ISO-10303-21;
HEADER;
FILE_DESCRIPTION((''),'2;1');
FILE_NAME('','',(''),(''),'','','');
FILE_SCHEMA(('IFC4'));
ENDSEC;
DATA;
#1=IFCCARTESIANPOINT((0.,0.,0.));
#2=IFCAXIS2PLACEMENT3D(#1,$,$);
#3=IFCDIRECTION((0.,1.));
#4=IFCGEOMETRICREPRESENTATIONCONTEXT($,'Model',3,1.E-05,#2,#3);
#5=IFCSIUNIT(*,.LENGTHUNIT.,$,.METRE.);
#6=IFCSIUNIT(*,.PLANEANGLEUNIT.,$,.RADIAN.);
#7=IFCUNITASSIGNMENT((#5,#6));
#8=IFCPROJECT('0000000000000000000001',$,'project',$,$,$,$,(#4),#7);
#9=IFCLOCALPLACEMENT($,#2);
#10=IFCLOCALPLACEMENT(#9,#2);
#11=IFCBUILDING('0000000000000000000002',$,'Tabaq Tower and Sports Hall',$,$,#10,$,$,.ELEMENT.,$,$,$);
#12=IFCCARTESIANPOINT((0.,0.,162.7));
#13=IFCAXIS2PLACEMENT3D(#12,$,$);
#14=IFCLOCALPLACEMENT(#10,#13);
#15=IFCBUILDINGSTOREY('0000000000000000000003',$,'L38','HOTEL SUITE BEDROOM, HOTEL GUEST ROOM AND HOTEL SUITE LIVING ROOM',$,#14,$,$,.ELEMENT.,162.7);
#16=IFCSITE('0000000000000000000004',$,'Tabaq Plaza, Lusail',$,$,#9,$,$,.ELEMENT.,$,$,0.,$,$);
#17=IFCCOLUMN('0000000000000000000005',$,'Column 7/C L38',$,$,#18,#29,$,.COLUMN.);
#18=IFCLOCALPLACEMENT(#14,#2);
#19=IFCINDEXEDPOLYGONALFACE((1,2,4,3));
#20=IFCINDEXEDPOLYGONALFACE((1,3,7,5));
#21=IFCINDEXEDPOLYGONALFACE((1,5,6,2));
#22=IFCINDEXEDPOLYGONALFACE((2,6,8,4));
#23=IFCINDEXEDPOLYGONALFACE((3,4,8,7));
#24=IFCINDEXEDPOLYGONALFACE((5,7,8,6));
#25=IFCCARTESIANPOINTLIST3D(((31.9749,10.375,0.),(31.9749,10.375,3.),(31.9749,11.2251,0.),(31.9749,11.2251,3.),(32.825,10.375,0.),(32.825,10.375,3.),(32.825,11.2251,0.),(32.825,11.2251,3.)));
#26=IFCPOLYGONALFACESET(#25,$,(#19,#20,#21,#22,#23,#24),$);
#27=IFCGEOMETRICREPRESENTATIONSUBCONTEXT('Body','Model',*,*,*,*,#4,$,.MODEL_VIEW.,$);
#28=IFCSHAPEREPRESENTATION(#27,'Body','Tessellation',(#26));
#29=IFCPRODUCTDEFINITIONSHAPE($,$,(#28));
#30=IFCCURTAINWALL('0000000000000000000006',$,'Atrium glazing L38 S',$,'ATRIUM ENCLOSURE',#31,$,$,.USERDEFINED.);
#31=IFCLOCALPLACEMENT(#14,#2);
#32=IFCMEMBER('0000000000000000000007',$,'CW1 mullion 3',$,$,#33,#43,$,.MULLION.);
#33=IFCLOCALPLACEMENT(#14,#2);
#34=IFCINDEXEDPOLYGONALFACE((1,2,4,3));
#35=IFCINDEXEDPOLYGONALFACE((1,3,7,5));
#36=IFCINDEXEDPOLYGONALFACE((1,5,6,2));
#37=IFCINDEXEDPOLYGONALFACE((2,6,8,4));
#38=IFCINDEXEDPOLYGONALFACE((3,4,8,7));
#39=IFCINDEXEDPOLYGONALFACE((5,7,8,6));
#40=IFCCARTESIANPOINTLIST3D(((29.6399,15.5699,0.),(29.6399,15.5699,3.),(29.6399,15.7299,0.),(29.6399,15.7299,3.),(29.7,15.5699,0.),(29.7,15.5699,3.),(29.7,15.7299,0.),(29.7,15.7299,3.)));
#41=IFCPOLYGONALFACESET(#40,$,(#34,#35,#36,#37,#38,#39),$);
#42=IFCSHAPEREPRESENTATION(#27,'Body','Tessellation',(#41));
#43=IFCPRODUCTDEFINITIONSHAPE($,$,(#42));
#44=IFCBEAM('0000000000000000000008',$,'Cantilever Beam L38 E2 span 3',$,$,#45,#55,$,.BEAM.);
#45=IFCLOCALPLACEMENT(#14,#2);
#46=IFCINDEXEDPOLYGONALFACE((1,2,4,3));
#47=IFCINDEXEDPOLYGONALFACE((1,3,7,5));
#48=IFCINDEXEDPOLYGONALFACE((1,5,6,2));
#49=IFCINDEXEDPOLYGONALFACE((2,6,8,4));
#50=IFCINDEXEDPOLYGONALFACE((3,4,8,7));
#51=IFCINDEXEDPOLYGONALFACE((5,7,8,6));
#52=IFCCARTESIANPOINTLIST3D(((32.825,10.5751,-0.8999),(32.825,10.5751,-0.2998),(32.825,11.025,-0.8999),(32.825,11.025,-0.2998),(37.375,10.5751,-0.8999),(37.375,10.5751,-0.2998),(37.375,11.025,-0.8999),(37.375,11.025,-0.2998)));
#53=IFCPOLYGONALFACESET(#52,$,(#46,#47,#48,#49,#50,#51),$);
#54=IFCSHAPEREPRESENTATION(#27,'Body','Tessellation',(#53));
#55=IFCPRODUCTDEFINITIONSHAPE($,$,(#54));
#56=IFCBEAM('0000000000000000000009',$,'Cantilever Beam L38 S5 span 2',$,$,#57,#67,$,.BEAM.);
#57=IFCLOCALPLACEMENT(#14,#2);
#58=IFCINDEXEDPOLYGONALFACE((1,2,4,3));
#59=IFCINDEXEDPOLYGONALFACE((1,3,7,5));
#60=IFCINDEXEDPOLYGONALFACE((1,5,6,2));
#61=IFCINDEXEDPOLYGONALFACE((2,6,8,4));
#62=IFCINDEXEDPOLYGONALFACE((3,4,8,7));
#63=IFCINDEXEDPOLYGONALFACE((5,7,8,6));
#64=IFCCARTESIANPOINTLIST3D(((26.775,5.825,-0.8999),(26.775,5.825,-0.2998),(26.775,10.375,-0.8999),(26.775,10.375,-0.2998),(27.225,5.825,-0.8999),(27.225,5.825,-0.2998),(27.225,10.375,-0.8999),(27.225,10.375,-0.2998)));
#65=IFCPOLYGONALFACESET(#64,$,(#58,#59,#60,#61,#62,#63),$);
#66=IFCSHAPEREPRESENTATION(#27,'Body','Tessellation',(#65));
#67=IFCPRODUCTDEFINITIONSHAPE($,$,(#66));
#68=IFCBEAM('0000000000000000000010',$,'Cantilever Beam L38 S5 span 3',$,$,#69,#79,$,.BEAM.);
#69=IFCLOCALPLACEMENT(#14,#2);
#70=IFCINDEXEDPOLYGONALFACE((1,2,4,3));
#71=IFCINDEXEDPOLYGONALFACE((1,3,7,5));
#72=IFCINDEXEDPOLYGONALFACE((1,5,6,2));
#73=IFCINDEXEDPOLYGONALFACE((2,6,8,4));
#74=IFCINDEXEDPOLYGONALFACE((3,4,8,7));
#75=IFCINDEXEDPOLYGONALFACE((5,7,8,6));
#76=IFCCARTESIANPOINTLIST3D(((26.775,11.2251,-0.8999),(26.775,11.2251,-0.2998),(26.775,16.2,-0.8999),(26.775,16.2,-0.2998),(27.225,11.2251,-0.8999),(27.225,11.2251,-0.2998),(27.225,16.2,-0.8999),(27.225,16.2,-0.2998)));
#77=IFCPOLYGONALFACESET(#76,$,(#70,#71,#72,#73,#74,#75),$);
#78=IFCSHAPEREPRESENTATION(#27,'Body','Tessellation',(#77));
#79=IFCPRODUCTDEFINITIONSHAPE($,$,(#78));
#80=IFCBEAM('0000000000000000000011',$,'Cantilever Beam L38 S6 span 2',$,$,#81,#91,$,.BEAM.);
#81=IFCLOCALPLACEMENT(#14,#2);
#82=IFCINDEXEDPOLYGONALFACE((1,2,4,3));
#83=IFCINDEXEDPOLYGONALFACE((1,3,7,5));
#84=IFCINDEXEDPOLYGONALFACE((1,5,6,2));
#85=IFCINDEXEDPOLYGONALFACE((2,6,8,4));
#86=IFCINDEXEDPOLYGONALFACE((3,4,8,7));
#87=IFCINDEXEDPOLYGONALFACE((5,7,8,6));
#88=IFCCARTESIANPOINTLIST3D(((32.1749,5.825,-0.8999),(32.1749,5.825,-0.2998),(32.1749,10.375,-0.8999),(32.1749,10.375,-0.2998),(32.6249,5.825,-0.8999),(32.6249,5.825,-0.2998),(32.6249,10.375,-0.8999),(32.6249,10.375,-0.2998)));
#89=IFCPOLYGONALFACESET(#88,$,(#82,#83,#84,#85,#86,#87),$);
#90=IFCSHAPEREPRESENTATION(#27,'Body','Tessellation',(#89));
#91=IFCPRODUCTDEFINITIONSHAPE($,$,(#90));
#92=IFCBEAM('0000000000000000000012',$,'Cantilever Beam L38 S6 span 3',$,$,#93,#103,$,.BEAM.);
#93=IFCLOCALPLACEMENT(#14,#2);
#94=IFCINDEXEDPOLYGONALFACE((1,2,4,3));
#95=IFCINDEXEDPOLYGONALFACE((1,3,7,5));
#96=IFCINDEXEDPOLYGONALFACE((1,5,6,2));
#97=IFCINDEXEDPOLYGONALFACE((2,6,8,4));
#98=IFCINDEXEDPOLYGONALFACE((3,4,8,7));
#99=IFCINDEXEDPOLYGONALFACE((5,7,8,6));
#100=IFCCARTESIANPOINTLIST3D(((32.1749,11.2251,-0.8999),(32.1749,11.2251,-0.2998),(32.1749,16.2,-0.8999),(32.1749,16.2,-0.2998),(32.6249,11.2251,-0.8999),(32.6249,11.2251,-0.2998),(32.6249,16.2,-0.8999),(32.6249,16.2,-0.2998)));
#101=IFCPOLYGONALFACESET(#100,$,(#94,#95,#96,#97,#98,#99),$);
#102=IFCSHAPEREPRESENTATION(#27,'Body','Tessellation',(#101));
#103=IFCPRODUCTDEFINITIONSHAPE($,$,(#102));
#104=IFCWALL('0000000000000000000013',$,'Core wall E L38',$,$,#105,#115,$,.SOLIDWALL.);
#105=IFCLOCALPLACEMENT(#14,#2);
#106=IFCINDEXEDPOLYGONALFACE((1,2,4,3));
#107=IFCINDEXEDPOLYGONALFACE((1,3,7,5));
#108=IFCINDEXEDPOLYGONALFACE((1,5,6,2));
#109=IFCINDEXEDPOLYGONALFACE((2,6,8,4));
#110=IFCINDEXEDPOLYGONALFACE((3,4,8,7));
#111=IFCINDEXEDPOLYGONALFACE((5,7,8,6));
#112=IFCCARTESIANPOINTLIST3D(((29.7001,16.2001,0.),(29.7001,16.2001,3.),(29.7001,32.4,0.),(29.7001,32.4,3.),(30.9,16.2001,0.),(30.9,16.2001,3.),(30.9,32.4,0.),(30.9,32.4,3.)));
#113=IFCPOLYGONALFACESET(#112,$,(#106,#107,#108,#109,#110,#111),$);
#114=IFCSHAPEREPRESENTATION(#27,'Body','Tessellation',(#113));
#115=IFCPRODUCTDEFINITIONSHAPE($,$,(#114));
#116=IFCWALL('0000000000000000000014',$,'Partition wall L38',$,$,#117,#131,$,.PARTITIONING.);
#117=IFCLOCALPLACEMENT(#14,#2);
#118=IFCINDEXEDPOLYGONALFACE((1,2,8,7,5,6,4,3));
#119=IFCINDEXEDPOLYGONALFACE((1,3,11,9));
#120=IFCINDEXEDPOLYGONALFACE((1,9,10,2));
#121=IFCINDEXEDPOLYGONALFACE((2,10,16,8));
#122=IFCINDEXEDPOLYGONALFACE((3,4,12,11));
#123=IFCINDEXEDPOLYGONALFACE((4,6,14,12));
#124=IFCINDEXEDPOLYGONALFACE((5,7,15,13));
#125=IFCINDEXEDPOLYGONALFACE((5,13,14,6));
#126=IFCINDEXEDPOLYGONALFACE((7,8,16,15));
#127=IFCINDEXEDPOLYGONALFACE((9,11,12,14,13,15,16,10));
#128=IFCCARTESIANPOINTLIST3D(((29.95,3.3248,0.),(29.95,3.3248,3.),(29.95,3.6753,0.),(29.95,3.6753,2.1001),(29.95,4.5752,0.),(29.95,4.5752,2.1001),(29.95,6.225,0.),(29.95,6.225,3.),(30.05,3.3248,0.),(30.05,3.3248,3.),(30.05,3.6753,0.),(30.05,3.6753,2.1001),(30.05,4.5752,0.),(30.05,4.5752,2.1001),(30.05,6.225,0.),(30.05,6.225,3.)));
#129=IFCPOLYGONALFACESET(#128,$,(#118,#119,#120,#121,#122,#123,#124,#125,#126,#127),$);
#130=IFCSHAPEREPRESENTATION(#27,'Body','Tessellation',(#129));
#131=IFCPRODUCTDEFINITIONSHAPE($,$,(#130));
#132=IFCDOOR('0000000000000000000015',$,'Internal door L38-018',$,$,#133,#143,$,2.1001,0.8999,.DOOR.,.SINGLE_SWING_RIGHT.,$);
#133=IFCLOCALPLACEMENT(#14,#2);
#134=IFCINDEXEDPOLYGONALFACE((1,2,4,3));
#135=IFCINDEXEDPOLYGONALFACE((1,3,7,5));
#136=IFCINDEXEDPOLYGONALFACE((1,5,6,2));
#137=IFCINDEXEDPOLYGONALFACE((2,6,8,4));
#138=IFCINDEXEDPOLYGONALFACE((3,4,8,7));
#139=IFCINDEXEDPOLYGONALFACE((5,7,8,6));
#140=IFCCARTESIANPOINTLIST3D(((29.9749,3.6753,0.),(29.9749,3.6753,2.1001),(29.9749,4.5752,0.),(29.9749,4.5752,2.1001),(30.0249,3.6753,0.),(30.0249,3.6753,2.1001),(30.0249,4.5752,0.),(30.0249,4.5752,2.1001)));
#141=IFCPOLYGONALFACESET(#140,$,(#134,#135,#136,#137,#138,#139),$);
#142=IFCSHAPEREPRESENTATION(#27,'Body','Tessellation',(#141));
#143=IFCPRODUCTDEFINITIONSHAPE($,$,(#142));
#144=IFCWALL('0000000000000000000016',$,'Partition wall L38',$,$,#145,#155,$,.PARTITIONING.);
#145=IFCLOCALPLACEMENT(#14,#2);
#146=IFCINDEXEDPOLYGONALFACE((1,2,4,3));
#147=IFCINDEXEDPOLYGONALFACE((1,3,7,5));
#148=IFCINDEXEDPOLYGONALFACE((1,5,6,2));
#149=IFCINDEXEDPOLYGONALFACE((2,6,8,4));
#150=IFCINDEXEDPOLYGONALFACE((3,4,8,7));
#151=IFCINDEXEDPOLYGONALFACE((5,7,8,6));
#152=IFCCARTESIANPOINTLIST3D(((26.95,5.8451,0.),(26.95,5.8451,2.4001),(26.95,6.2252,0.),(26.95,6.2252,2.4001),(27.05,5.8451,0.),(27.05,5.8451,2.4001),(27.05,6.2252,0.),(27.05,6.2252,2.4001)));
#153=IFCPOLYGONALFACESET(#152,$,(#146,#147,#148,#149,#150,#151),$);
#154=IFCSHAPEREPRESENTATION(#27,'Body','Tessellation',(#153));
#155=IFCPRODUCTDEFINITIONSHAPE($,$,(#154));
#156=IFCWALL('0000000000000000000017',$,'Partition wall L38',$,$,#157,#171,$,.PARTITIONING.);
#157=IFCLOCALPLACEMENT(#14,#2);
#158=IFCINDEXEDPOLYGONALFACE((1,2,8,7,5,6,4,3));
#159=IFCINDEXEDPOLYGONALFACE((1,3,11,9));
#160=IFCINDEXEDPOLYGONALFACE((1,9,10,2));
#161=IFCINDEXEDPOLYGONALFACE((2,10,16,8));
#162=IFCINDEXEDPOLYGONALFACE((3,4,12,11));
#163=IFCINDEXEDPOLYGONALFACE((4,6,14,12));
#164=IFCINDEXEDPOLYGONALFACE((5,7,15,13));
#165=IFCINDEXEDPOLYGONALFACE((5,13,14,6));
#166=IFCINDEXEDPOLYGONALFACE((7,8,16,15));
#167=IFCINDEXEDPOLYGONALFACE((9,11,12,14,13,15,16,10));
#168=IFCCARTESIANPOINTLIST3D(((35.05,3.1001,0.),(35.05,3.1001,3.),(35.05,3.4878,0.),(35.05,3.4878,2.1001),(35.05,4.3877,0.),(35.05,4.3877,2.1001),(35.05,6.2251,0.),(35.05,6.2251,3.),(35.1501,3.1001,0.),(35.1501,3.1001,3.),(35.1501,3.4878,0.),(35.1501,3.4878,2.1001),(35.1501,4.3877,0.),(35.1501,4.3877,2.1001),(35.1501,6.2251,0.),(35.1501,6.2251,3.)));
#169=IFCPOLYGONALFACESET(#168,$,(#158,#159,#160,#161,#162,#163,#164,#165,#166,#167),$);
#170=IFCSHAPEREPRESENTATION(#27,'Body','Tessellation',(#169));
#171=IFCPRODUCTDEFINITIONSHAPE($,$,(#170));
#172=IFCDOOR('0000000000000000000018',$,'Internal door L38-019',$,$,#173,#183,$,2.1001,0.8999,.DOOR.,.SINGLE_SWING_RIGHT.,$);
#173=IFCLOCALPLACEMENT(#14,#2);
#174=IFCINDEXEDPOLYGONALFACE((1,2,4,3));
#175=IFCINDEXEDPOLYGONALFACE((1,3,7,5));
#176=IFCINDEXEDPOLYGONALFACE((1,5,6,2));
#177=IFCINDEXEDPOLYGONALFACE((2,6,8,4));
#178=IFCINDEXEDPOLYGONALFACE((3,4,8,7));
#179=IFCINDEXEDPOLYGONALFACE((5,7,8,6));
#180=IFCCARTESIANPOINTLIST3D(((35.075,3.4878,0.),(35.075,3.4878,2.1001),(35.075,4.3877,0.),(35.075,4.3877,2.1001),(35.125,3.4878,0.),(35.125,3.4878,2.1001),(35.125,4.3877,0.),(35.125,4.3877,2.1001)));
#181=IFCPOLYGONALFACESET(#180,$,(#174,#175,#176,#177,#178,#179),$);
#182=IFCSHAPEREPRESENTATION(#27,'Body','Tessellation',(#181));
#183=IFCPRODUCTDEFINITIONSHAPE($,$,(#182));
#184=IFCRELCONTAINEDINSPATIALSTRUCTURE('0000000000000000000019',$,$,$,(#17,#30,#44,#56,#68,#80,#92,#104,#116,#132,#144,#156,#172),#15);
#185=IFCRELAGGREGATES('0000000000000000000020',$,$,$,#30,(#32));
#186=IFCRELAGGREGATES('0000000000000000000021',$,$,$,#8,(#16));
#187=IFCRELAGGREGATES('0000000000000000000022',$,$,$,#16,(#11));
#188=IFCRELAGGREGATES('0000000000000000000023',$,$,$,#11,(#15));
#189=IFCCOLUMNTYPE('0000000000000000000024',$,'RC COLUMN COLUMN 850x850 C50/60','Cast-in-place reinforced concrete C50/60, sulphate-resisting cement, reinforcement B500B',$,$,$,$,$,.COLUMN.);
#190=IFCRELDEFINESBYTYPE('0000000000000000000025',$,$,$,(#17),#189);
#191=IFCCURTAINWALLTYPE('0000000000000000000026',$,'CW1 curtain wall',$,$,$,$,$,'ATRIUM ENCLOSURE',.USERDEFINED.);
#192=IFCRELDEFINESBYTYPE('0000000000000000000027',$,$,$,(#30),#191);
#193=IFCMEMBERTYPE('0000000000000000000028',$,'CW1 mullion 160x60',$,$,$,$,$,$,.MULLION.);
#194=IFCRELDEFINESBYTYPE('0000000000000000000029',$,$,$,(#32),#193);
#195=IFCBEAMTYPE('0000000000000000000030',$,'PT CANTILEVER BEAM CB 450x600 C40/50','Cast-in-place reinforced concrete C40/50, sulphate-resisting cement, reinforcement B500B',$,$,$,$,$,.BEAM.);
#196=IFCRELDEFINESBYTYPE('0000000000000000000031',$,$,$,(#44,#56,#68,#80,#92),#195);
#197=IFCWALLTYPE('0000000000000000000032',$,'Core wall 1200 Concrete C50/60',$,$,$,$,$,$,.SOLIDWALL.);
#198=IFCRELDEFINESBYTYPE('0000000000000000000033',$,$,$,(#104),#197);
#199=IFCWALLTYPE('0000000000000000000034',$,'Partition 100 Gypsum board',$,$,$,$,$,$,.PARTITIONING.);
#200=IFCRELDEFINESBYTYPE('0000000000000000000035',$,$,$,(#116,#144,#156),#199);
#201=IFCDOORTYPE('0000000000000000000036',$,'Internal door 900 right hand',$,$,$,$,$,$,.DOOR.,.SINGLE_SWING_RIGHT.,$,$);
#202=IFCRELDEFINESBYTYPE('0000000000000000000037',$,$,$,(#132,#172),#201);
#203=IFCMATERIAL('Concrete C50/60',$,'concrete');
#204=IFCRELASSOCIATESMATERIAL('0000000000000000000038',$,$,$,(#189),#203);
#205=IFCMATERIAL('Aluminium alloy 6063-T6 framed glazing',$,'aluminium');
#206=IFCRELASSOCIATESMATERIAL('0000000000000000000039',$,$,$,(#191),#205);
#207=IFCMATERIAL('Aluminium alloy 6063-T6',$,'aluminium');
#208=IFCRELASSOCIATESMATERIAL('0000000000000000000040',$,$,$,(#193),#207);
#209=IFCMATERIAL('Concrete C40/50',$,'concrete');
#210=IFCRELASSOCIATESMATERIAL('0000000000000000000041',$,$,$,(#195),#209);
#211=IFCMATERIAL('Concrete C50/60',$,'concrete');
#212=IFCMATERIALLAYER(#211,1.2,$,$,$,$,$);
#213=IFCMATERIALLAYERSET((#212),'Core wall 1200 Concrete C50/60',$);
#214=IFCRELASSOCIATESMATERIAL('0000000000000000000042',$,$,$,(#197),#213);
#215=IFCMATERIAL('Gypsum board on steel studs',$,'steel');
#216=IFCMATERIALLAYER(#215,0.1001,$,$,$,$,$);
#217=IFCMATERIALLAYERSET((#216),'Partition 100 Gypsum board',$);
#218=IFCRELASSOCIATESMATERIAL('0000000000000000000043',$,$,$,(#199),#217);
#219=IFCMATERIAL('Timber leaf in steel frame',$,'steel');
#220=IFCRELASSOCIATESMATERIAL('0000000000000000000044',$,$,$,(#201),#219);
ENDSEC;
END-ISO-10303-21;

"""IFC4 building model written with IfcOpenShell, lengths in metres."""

from ifc_helpers import new_model, si_unit, direction, frame, frame_2d, origin, origin_2d, place, context, subcontext, project, spatial, rectangle, extrude, material, layer, layer_set, material_profile, profile_set, type_object, element, fill, aggregate, save


model = new_model("IFC4")

# Units and contexts
model_context = context("Model", 3, precision=1e-05, world=origin(), true_north=direction((0.0, 1.0)))
body_context = subcontext(model_context, "Body", "Model", "MODEL_VIEW")
ifc_project = project(units=[si_unit("LENGTHUNIT", "METRE"), si_unit("PLANEANGLEUNIT", "RADIAN")], contexts=[model_context])

# Site, building, storey
site_placement = place(None, origin())
site = spatial("IfcSite", under=ifc_project, at=site_placement, Name="Tabaq Plaza, Lusail", CompositionType="ELEMENT", RefElevation=0.0)
building_placement = place(site_placement, origin())
building = spatial("IfcBuilding", under=site, at=building_placement, Name="Tabaq Tower and Sports Hall", CompositionType="ELEMENT")
storey_placement = place(building_placement, frame((0.0, 0.0, 162.7)))
storey = spatial("IfcBuildingStorey", under=building, at=storey_placement, Name="L38", Description="HOTEL SUITE BEDROOM, HOTEL GUEST ROOM AND HOTEL SUITE LIVING ROOM", CompositionType="ELEMENT", Elevation=162.7)

# Column
ifc_material_1 = material(Name="Concrete C50/60", Category="concrete")
ifc_material_profile_1 = material_profile(ifc_material_1, rectangle(XDim=0.8501, YDim=0.8501, at=origin_2d()), Name="COLUMN 850x850")
ifc_profile_set_1 = profile_set([ifc_material_profile_1], Name="Concrete C50/60")
column_type = type_object("IfcColumnType", Name="RC COLUMN COLUMN 850x850 C50/60", Description="Cast-in-place reinforced concrete C50/60, sulphate-resisting cement, reinforcement B500B", PredefinedType="COLUMN", material=ifc_profile_set_1)
column_placement = place(storey_placement, frame((32.3999, 10.8, 0.0), z_axis=(0.0, 0.0, 1.0), x_axis=(1.0, 0.0, 0.0)))
element("IfcColumn", 1, at=column_placement, inside=storey, type_object=column_type, Name="Column 7/C L38", PredefinedType="COLUMN", context=body_context, shape_type="SweptSolid", body=[
    extrude(rectangle(XDim=0.8501, YDim=0.8501, at=origin_2d()), origin(), (0.0, 0.0, 1.0), 3.0),
])

# Curtain wall, member
ifc_material_2 = material(Name="Aluminium alloy 6063-T6 framed glazing", Category="aluminium")
curtain_wall_type = type_object("IfcCurtainWallType", Name="CW1 curtain wall", ElementType="ATRIUM ENCLOSURE", PredefinedType="USERDEFINED", material=ifc_material_2)
curtain_wall_placement = place(storey_placement, origin())
curtain_wall = element("IfcCurtainWall", 2, at=curtain_wall_placement, inside=storey, type_object=curtain_wall_type, Name="Atrium glazing L38 S", ObjectType="ATRIUM ENCLOSURE", PredefinedType="USERDEFINED")
ifc_material_3 = material(Name="Aluminium alloy 6063-T6", Category="aluminium")
ifc_material_profile_2 = material_profile(ifc_material_3, rectangle(XDim=0.1599, YDim=0.0601, at=origin_2d()), Name="MULLION 160x60")
ifc_profile_set_2 = profile_set([ifc_material_profile_2], Name="Aluminium alloy 6063-T6")
member_type = type_object("IfcMemberType", Name="CW1 mullion 160x60", PredefinedType="MULLION", material=ifc_profile_set_2)
member_placement = place(storey_placement, frame((29.6699, 15.6499, 0.0), z_axis=(0.0, 0.0, 1.0), x_axis=(0.0, 1.0, 0.0)))
member = element("IfcMember", 3, at=member_placement, type_object=member_type, Name="CW1 mullion 3", PredefinedType="MULLION", context=body_context, shape_type="SweptSolid", body=[
    extrude(rectangle(XDim=0.1599, YDim=0.0601, at=origin_2d()), origin(), (0.0, 0.0, 1.0), 3.0),
])
aggregate(curtain_wall, [member])

# Beams
ifc_material_4 = material(Name="Concrete C40/50", Category="concrete")
ifc_material_profile_3 = material_profile(ifc_material_4, rectangle(XDim=0.45, YDim=0.6001, at=origin_2d()), Name="CB 450x600")
ifc_profile_set_3 = profile_set([ifc_material_profile_3], Name="Concrete C40/50")
beam_type = type_object("IfcBeamType", Name="PT CANTILEVER BEAM CB 450x600 C40/50", Description="Cast-in-place reinforced concrete C40/50, sulphate-resisting cement, reinforcement B500B", PredefinedType="BEAM", material=ifc_profile_set_3)
for number, where, z_axis, x_axis, name in (
    (4, (37.375, 10.8, -0.5999), (-1.0, 0.0, 0.0), (0.0, -1.0, 0.0), "Cantilever Beam L38 E2 span 3"),
    (5, (27.0, 5.825, -0.5999), (0.0, 1.0, 0.0), (-1.0, 0.0, 0.0), "Cantilever Beam L38 S5 span 2"),
):
    element("IfcBeam", number, at=place(storey_placement, frame(where, z_axis=z_axis, x_axis=x_axis)), inside=storey, type_object=beam_type, Name=name, PredefinedType="BEAM", context=body_context, shape_type="SweptSolid", body=[
        extrude(rectangle(XDim=0.45, YDim=0.6001, at=origin_2d()), origin(), (0.0, 0.0, 1.0), 4.55),
    ])
beam_1_placement = place(storey_placement, frame((27.0, 11.2251, -0.5999), z_axis=(0.0, 1.0, 0.0), x_axis=(-1.0, 0.0, 0.0)))
element("IfcBeam", 6, at=beam_1_placement, inside=storey, type_object=beam_type, Name="Cantilever Beam L38 S5 span 3", PredefinedType="BEAM", context=body_context, shape_type="SweptSolid", body=[
    extrude(rectangle(XDim=0.45, YDim=0.6001, at=origin_2d()), origin(), (0.0, 0.0, 1.0), 4.9749),
])
beam_2_placement = place(storey_placement, frame((32.3999, 5.825, -0.5999), z_axis=(0.0, 1.0, 0.0), x_axis=(-1.0, 0.0, 0.0)))
element("IfcBeam", 7, at=beam_2_placement, inside=storey, type_object=beam_type, Name="Cantilever Beam L38 S6 span 2", PredefinedType="BEAM", context=body_context, shape_type="SweptSolid", body=[
    extrude(rectangle(XDim=0.45, YDim=0.6001, at=origin_2d()), origin(), (0.0, 0.0, 1.0), 4.55),
])
beam_3_placement = place(storey_placement, frame((32.3999, 11.2251, -0.5999), z_axis=(0.0, 1.0, 0.0), x_axis=(-1.0, 0.0, 0.0)))
element("IfcBeam", 8, at=beam_3_placement, inside=storey, type_object=beam_type, Name="Cantilever Beam L38 S6 span 3", PredefinedType="BEAM", context=body_context, shape_type="SweptSolid", body=[
    extrude(rectangle(XDim=0.45, YDim=0.6001, at=origin_2d()), origin(), (0.0, 0.0, 1.0), 4.9749),
])

# Wall
ifc_material_5 = material(Name="Concrete C50/60", Category="concrete")
ifc_layer_1 = layer(ifc_material_5, 1.2)
ifc_layer_set_1 = layer_set([ifc_layer_1], Name="Core wall 1200 Concrete C50/60")
wall_type_1 = type_object("IfcWallType", Name="Core wall 1200 Concrete C50/60", PredefinedType="SOLIDWALL", material=ifc_layer_set_1)
wall_1_placement = place(storey_placement, frame((30.3, 16.2, 0.0), z_axis=(0.0, 0.0, 1.0), x_axis=(0.0, 1.0, 0.0)))
element("IfcWall", 9, at=wall_1_placement, inside=storey, type_object=wall_type_1, Name="Core wall E L38", PredefinedType="SOLIDWALL", context=body_context, shape_type="SweptSolid", body=[
    extrude(rectangle(XDim=16.2, YDim=1.2, at=frame_2d((8.1001, 0.0))), origin(), (0.0, 0.0, 1.0), 3.0),
])

# Wall, opening, door
ifc_material_6 = material(Name="Gypsum board on steel studs", Category="steel")
ifc_layer_2 = layer(ifc_material_6, 0.1001)
ifc_layer_set_2 = layer_set([ifc_layer_2], Name="Partition 100 Gypsum board")
wall_type_2 = type_object("IfcWallType", Name="Partition 100 Gypsum board", PredefinedType="PARTITIONING", material=ifc_layer_set_2)
wall_2_placement = place(storey_placement, frame((30.0, 6.2251, 0.0), z_axis=(0.0, 0.0, 1.0), x_axis=(0.0, -1.0, 0.0)))
wall_2 = element("IfcWall", 10, at=wall_2_placement, inside=storey, type_object=wall_type_2, Name="Partition wall L38", PredefinedType="PARTITIONING", context=body_context, shape_type="SweptSolid", body=[
    extrude(rectangle(XDim=2.9001, YDim=0.1001, at=frame_2d((1.4502, 0.0))), origin(), (0.0, 0.0, 1.0), 3.0),
])
opening_1_placement = place(wall_2_placement, frame((1.6499, 0.0, 0.0)))
opening_1 = element("IfcOpeningElement", 11, at=opening_1_placement, cuts=wall_2, PredefinedType="OPENING", context=body_context, shape_type="SweptSolid", body=[
    extrude(rectangle(XDim=0.8999, YDim=2.1001, at=frame_2d((0.45, 1.05))), frame((0.0, 0.05, 0.0), z_axis=(0.0, -1.0, 0.0), x_axis=(1.0, 0.0, 0.0)), (0.0, 0.0, 1.0), 0.1001),
])
ifc_material_7 = material(Name="Timber leaf in steel frame", Category="steel")
door_type_1 = type_object("IfcDoorType", Name="Internal door 900 right hand", OperationType="SINGLE_SWING_RIGHT", PredefinedType="DOOR", material=ifc_material_7)
door_1_placement = place(opening_1_placement, origin())
door_1 = element("IfcDoor", 12, at=door_1_placement, inside=storey, type_object=door_type_1, Name="Internal door L38-018", OperationType="SINGLE_SWING_RIGHT", OverallHeight=2.1001, OverallWidth=0.8999, PredefinedType="DOOR", context=body_context, shape_type="SweptSolid", body=[
    extrude(rectangle(XDim=0.8999, YDim=2.1001, at=frame_2d((0.45, 1.05))), frame((0.0, 0.0249, 0.0), z_axis=(0.0, -1.0, 0.0), x_axis=(1.0, 0.0, 0.0)), (0.0, 0.0, 1.0), 0.05),
])
fill(opening_1, door_1)

# Wall
wall_3_placement = place(storey_placement, frame((27.0, 6.2251, 0.0), z_axis=(0.0, 0.0, 1.0), x_axis=(0.0, -1.0, 0.0)))
element("IfcWall", 13, at=wall_3_placement, inside=storey, type_object=wall_type_2, Name="Partition wall L38", PredefinedType="PARTITIONING", context=body_context, shape_type="SweptSolid", body=[
    extrude(rectangle(XDim=0.3801, YDim=0.1001, at=frame_2d((0.1899, 0.0))), origin(), (0.0, 0.0, 1.0), 2.4001),
])

# Wall, opening, door
wall_4_placement = place(storey_placement, frame((35.1001, 6.2251, 0.0), z_axis=(0.0, 0.0, 1.0), x_axis=(0.0, -1.0, 0.0)))
wall_4 = element("IfcWall", 14, at=wall_4_placement, inside=storey, type_object=wall_type_2, Name="Partition wall L38", PredefinedType="PARTITIONING", context=body_context, shape_type="SweptSolid", body=[
    extrude(rectangle(XDim=3.125, YDim=0.1001, at=frame_2d((1.5625, 0.0))), origin(), (0.0, 0.0, 1.0), 3.0),
])
opening_2_placement = place(wall_4_placement, frame((1.8374, 0.0, 0.0)))
opening_2 = element("IfcOpeningElement", 15, at=opening_2_placement, cuts=wall_4, PredefinedType="OPENING", context=body_context, shape_type="SweptSolid", body=[
    extrude(rectangle(XDim=0.8999, YDim=2.1001, at=frame_2d((0.45, 1.05))), frame((0.0, 0.05, 0.0), z_axis=(0.0, -1.0, 0.0), x_axis=(1.0, 0.0, 0.0)), (0.0, 0.0, 1.0), 0.1001),
])
door_2_placement = place(opening_2_placement, origin())
door_2 = element("IfcDoor", 16, at=door_2_placement, inside=storey, type_object=door_type_1, Name="Internal door L38-019", OperationType="SINGLE_SWING_RIGHT", OverallHeight=2.1001, OverallWidth=0.8999, PredefinedType="DOOR", context=body_context, shape_type="SweptSolid", body=[
    extrude(rectangle(XDim=0.8999, YDim=2.1001, at=frame_2d((0.45, 1.05))), frame((0.0, 0.0249, 0.0), z_axis=(0.0, -1.0, 0.0), x_axis=(1.0, 0.0, 0.0)), (0.0, 0.0, 1.0), 0.05),
])
fill(opening_2, door_2)

save(model, "model.ifc")
